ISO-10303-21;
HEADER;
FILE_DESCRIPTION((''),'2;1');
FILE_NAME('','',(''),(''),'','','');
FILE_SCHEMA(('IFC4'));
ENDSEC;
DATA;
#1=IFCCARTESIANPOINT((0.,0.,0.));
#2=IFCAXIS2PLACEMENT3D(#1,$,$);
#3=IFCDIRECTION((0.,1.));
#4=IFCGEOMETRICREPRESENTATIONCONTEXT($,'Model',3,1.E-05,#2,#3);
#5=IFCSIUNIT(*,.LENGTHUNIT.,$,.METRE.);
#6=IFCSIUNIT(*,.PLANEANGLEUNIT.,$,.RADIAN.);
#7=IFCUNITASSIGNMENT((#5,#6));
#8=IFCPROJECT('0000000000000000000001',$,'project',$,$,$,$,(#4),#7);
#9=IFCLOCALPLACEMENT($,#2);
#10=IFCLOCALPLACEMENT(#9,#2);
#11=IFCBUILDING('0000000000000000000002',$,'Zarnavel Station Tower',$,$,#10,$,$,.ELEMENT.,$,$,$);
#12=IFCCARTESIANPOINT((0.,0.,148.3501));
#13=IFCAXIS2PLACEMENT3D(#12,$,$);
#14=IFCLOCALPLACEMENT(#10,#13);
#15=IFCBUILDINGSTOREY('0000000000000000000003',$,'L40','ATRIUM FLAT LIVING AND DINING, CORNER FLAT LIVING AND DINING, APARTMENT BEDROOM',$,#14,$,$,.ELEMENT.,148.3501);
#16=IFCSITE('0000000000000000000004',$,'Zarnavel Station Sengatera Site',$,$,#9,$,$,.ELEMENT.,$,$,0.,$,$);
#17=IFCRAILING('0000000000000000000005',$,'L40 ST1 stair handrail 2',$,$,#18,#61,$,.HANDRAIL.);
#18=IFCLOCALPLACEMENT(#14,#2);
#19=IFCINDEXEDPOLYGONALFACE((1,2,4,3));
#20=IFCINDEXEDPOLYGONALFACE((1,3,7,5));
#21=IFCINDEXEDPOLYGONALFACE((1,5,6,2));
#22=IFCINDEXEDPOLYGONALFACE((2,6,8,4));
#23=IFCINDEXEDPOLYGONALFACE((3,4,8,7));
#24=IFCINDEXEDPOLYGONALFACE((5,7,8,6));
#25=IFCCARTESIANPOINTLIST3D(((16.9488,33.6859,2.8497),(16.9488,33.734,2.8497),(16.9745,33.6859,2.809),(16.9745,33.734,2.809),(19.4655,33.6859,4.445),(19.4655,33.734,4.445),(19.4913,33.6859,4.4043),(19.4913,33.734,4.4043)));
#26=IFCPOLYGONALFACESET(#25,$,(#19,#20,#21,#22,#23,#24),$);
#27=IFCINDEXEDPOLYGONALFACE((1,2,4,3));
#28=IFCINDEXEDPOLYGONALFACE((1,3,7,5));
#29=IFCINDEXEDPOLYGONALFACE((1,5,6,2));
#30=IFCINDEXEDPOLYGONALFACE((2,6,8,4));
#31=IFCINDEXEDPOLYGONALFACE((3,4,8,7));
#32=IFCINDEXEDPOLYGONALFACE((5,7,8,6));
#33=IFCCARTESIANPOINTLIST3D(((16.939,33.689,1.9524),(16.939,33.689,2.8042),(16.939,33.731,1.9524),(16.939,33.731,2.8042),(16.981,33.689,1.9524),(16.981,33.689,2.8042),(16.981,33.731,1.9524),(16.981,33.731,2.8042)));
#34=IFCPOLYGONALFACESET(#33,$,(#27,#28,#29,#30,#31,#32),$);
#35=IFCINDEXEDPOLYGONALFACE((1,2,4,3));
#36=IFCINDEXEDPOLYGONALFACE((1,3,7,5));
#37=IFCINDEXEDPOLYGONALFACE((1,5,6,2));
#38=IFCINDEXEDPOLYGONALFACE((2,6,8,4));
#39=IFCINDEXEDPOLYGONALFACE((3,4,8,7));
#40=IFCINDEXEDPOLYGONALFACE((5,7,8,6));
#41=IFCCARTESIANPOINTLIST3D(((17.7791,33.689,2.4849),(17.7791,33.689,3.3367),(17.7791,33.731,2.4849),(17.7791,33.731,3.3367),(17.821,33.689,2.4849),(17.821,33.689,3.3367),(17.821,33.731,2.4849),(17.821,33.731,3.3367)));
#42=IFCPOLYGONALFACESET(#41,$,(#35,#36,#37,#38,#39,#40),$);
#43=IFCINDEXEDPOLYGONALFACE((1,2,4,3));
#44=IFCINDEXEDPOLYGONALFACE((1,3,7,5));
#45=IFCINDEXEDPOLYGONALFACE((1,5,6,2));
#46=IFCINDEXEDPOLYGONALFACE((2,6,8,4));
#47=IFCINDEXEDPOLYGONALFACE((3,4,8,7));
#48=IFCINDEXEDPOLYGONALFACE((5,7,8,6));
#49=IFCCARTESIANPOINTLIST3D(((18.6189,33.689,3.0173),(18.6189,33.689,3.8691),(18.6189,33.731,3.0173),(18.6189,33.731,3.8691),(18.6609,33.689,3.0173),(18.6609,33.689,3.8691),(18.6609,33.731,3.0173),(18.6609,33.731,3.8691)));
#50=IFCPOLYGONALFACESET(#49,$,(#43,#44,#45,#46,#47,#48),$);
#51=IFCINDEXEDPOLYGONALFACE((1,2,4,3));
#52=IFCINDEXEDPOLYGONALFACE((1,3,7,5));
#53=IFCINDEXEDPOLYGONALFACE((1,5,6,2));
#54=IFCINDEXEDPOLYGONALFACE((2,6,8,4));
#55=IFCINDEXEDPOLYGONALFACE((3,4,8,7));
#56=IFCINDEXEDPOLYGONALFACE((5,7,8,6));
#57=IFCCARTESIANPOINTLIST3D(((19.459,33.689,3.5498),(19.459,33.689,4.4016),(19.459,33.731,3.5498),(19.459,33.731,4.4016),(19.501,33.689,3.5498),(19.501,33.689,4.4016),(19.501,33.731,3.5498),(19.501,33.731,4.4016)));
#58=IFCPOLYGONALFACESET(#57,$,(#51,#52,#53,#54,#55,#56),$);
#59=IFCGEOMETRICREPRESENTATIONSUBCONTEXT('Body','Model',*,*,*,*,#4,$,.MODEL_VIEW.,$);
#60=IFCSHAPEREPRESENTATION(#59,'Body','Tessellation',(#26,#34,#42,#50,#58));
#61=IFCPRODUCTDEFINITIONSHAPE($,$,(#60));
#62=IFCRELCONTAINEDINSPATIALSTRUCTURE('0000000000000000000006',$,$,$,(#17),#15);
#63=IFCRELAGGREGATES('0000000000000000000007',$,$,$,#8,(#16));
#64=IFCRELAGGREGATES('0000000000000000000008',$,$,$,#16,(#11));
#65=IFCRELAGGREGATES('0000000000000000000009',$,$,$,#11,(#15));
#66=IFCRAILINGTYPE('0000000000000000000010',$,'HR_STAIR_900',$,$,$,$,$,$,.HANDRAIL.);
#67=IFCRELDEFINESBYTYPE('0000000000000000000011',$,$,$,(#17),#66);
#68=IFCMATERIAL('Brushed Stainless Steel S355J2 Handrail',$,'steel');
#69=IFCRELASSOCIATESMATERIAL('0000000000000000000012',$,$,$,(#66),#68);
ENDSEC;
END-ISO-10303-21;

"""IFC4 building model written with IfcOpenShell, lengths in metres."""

from ifc_helpers import new_model, si_unit, direction, frame, origin, origin_2d, place, context, subcontext, project, spatial, rectangle, extrude, material, type_object, element, save


model = new_model("IFC4")

# Units and contexts
model_context = context("Model", 3, precision=1e-05, world=origin(), true_north=direction((0.0, 1.0)))
body_context = subcontext(model_context, "Body", "Model", "MODEL_VIEW")
ifc_project = project(units=[si_unit("LENGTHUNIT", "METRE"), si_unit("PLANEANGLEUNIT", "RADIAN")], contexts=[model_context])

# Site, building, storey
site_placement = place(None, origin())
site = spatial("IfcSite", under=ifc_project, at=site_placement, Name="Zarnavel Station Sengatera Site", CompositionType="ELEMENT", RefElevation=0.0)
building_placement = place(site_placement, origin())
building = spatial("IfcBuilding", under=site, at=building_placement, Name="Zarnavel Station Tower", CompositionType="ELEMENT")
storey_placement = place(building_placement, frame((0.0, 0.0, 148.3501)))
storey = spatial("IfcBuildingStorey", under=building, at=storey_placement, Name="L40", Description="ATRIUM FLAT LIVING AND DINING, CORNER FLAT LIVING AND DINING, APARTMENT BEDROOM", CompositionType="ELEMENT", Elevation=148.3501)

# Railing
ifc_material_1 = material(Name="Brushed Stainless Steel S355J2 Handrail", Category="steel")
railing_type_1 = type_object("IfcRailingType", Name="HR_STAIR_900", PredefinedType="HANDRAIL", material=ifc_material_1)
railing_1_placement = place(storey_placement, frame((16.96, 33.71, 1.9524)))
element("IfcRailing", 1, at=railing_1_placement, inside=storey, type_object=railing_type_1, Name="L40 ST1 stair handrail 2", PredefinedType="HANDRAIL", context=body_context, shape_type="SweptSolid", body=[
    extrude(rectangle(XDim=0.0481, YDim=0.0481, at=origin_2d()), frame((0.0017, 0.0, 0.877), z_axis=(0.844607, 0.0, 0.535387), x_axis=(0.0, 1.0, 0.0)), (0.0, 0.0, 1.0), 2.9797),
    extrude(rectangle(XDim=0.042, YDim=0.042, at=origin_2d()), origin(), (0.0, 0.0, 1.0), 0.8518),
    extrude(rectangle(XDim=0.042, YDim=0.042, at=origin_2d()), frame((0.8401, 0.0, 0.5325)), (0.0, 0.0, 1.0), 0.8518),
    extrude(rectangle(XDim=0.042, YDim=0.042, at=origin_2d()), frame((1.6799, 0.0, 1.0649)), (0.0, 0.0, 1.0), 0.8518),
    extrude(rectangle(XDim=0.042, YDim=0.042, at=origin_2d()), frame((2.52, 0.0, 1.5974)), (0.0, 0.0, 1.0), 0.8518),
])

save(model, "model.ifc")
